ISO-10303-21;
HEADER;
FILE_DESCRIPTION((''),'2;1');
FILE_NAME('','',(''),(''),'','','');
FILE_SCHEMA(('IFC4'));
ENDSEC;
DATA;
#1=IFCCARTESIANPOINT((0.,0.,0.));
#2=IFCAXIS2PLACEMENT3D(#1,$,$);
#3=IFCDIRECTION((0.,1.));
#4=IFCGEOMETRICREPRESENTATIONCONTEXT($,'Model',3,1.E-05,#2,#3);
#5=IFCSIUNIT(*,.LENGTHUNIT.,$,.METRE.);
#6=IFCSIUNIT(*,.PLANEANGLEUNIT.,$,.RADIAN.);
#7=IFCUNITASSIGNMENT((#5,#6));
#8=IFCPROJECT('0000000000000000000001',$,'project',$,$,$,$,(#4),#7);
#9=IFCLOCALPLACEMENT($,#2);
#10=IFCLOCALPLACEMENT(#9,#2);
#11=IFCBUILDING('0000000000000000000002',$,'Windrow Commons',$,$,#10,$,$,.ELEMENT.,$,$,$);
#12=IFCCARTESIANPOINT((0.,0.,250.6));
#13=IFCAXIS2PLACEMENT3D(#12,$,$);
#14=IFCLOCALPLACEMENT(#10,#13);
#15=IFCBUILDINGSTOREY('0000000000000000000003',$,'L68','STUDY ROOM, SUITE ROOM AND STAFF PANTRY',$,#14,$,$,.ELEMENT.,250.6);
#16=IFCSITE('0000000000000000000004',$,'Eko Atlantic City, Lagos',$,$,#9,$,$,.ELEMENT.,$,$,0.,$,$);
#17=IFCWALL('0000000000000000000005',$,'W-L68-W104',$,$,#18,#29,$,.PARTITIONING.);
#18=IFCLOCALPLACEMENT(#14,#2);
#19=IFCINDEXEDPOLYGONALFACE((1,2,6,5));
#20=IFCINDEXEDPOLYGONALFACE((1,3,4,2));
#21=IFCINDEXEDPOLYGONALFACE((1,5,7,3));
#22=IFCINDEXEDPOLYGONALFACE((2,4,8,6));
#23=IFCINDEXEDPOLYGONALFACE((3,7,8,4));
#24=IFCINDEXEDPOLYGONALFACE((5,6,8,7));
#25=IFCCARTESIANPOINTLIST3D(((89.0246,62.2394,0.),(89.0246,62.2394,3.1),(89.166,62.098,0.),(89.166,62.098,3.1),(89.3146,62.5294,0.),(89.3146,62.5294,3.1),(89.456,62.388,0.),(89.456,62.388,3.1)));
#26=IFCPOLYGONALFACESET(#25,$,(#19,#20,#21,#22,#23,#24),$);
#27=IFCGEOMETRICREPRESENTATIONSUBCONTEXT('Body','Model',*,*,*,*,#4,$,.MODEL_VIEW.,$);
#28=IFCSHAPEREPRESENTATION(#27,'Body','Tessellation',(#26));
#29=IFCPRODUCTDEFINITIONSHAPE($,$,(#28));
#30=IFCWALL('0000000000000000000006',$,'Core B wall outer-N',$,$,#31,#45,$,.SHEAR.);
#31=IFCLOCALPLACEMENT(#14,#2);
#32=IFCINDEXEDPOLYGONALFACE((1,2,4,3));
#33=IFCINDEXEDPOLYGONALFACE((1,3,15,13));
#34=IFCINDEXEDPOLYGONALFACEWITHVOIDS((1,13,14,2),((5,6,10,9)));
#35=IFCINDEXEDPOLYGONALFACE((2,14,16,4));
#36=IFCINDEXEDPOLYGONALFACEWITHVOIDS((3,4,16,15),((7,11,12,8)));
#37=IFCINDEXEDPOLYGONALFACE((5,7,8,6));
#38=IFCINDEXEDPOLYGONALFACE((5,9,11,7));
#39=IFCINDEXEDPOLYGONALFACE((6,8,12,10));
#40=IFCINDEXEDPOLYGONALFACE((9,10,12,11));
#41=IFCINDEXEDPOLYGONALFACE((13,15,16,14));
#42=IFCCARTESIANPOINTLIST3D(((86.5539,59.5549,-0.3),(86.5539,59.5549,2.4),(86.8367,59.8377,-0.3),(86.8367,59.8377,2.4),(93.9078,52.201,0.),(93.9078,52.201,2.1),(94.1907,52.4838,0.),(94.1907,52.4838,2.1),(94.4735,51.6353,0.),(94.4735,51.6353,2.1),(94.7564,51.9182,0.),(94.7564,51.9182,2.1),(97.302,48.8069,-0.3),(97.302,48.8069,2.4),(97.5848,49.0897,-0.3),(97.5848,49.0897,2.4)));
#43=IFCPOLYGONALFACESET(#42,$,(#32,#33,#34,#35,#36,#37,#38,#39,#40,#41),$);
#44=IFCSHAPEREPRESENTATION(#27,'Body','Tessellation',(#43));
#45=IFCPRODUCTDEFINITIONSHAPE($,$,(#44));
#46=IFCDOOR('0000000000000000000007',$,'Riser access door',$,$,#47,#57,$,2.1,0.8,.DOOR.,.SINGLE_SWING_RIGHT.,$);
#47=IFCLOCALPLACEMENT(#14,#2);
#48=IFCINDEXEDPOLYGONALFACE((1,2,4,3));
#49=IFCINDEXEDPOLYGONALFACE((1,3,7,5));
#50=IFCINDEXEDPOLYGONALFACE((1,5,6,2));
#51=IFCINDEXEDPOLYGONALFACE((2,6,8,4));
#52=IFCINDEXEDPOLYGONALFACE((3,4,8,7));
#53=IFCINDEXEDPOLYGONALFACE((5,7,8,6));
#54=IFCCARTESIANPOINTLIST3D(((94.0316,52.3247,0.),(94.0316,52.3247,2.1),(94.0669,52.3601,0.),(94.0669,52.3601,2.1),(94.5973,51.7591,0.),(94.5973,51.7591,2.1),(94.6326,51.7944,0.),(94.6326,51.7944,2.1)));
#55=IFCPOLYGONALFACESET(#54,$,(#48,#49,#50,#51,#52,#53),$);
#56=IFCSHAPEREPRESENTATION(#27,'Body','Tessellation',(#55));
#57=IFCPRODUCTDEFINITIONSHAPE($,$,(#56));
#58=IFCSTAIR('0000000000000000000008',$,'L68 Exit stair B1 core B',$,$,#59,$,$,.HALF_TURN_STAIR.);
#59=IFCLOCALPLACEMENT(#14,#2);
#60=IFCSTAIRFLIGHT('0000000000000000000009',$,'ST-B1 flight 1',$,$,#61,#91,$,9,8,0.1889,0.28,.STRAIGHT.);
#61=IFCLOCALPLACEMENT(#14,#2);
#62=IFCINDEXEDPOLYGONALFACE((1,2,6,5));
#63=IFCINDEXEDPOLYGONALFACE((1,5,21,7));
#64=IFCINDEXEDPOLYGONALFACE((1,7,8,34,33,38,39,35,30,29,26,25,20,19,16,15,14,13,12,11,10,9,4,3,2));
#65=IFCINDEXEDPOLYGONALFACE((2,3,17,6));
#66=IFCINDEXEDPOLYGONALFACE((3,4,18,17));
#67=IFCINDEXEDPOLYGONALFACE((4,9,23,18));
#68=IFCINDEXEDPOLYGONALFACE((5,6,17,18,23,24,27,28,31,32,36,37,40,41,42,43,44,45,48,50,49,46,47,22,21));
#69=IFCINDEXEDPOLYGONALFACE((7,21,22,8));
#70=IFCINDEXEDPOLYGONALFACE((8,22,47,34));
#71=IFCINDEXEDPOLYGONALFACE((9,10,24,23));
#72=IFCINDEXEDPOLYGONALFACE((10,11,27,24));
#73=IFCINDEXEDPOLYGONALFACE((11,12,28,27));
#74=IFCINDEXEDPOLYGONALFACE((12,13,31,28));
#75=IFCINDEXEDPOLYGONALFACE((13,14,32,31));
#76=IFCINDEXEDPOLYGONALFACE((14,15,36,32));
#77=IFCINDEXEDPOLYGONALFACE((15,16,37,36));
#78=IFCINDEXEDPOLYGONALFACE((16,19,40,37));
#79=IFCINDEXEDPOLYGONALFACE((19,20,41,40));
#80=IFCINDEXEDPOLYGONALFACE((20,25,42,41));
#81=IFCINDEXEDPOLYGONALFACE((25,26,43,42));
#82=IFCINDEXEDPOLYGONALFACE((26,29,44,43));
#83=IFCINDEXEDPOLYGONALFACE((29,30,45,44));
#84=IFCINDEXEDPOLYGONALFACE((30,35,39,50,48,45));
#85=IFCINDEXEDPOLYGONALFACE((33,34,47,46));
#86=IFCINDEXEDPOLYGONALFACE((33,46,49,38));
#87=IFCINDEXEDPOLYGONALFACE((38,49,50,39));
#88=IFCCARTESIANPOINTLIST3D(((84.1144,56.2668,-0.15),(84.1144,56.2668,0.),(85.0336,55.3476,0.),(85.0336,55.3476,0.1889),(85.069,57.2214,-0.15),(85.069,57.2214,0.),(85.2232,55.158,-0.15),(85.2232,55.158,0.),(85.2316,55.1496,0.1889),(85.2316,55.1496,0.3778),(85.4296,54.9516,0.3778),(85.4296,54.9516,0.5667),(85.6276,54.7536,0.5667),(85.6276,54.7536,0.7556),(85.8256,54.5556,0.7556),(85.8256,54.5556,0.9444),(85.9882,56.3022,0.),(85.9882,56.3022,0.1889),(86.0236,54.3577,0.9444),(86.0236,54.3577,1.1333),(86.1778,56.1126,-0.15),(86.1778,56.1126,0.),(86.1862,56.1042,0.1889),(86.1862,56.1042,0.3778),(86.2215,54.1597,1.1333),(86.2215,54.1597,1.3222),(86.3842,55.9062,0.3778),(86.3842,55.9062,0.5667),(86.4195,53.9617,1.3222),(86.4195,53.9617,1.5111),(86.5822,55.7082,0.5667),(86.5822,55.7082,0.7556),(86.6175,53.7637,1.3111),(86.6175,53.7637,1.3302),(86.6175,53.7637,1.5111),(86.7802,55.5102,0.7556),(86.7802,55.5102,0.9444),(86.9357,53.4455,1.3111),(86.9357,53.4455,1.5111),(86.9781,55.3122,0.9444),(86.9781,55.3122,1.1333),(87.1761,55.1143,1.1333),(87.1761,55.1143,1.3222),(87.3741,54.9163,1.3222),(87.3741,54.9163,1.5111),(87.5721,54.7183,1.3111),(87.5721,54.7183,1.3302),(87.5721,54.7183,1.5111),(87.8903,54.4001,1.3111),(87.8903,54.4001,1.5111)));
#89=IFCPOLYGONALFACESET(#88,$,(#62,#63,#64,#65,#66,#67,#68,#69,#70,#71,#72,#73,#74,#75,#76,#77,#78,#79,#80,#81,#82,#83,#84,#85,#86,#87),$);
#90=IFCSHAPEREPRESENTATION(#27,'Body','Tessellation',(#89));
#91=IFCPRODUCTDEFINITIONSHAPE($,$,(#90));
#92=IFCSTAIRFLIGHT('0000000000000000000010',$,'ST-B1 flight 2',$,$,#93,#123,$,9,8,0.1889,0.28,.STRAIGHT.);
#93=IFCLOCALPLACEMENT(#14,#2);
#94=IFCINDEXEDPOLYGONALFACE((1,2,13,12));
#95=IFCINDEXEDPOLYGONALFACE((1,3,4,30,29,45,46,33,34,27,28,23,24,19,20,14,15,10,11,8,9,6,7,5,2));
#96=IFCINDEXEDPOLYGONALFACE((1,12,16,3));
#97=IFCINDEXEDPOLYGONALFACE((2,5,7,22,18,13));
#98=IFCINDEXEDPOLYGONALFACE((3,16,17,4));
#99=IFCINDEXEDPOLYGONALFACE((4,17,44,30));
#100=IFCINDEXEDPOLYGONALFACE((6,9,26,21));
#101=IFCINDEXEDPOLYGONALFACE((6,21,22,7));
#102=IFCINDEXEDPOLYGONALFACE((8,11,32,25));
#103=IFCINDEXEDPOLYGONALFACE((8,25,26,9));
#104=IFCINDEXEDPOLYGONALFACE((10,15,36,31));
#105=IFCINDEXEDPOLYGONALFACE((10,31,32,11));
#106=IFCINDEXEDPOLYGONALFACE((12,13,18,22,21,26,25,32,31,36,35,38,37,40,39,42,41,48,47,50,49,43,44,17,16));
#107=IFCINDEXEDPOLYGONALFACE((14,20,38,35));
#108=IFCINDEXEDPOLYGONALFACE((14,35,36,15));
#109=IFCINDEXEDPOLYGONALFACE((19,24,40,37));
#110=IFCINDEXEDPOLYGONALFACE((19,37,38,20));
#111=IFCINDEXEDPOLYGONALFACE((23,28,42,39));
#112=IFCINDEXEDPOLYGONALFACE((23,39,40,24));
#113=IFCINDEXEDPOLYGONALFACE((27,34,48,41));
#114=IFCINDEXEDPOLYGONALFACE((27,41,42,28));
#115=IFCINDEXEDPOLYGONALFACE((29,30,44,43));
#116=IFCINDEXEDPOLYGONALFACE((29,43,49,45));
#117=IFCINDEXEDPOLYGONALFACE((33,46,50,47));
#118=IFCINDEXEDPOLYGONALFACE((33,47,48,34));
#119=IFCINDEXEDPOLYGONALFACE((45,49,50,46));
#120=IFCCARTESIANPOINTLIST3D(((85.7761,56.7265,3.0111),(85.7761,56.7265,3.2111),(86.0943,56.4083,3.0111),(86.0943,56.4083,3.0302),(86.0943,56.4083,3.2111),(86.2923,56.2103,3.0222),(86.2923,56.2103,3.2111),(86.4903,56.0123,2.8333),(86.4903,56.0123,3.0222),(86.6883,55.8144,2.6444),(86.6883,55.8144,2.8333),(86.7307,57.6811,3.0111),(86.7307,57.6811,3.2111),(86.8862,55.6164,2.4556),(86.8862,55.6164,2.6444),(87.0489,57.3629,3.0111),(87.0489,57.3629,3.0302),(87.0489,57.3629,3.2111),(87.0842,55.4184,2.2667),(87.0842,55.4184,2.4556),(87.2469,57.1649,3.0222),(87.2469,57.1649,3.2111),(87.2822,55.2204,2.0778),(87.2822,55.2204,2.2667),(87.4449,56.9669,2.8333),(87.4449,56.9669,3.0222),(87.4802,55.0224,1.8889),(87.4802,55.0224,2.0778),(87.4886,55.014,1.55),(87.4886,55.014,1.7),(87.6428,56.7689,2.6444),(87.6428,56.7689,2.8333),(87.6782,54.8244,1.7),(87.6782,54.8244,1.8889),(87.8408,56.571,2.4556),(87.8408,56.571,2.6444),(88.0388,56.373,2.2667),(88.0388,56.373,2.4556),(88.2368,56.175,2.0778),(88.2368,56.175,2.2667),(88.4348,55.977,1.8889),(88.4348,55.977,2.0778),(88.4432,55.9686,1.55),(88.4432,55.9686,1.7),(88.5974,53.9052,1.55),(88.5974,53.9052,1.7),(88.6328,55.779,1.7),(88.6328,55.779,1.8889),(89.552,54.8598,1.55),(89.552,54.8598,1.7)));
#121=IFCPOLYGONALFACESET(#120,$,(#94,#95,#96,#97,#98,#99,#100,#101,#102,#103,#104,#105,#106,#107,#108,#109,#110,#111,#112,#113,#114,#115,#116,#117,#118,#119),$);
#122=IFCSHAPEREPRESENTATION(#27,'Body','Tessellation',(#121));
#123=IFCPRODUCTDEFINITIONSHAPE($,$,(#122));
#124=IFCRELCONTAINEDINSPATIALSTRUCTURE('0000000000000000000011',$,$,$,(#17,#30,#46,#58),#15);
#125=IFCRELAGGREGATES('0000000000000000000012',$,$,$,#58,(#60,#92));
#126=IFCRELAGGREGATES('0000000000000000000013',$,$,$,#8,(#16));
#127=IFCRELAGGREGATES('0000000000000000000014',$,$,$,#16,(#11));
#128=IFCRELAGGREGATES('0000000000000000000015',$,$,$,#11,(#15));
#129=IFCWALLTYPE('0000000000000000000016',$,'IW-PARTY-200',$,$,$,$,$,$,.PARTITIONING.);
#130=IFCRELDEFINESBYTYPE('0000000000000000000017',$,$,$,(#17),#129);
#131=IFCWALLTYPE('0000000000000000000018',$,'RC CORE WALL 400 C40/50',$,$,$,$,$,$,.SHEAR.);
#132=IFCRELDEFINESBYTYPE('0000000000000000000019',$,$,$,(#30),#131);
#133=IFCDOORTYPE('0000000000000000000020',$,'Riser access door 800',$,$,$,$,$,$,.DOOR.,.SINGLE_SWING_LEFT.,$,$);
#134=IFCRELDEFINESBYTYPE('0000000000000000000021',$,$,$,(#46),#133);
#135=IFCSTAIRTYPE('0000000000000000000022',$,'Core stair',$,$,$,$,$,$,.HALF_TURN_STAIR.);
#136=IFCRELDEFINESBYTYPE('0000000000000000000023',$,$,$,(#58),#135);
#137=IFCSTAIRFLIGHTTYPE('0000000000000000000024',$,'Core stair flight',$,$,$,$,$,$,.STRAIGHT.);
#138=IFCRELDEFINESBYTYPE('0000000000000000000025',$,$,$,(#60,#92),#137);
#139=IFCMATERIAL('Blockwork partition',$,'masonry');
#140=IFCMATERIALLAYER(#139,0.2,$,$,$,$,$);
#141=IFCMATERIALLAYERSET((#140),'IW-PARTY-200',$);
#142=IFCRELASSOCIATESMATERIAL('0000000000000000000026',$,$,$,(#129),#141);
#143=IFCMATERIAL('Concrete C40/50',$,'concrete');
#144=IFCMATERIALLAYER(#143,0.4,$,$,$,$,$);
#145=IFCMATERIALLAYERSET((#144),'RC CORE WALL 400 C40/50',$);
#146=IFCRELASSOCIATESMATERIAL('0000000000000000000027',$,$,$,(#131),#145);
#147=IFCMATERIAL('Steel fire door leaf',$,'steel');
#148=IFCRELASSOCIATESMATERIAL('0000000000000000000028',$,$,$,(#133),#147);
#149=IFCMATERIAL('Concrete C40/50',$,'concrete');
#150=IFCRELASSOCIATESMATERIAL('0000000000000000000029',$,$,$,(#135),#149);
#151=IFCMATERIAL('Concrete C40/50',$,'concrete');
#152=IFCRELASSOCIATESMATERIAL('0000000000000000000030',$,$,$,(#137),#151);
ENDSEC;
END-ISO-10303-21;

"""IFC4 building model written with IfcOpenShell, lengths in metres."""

from ifc_helpers import new_model, si_unit, direction, frame, frame_2d, origin, place, context, subcontext, project, spatial, polyline, rectangle, outline, extrude, material, layer, layer_set, type_object, element, fill, aggregate, save


model = new_model("IFC4")

# Units and contexts
model_context = context("Model", 3, precision=1e-05, world=origin(), true_north=direction((0.0, 1.0)))
body_context = subcontext(model_context, "Body", "Model", "MODEL_VIEW")
ifc_project = project(units=[si_unit("LENGTHUNIT", "METRE"), si_unit("PLANEANGLEUNIT", "RADIAN")], contexts=[model_context])

# Site, building, storey
site_placement = place(None, origin())
site = spatial("IfcSite", under=ifc_project, at=site_placement, Name="Eko Atlantic City, Lagos", CompositionType="ELEMENT", RefElevation=0.0)
building_placement = place(site_placement, origin())
building = spatial("IfcBuilding", under=site, at=building_placement, Name="Windrow Commons", CompositionType="ELEMENT")
storey_placement = place(building_placement, frame((0.0, 0.0, 250.6)))
storey = spatial("IfcBuildingStorey", under=building, at=storey_placement, Name="L68", Description="STUDY ROOM, SUITE ROOM AND STAFF PANTRY", CompositionType="ELEMENT", Elevation=250.6)

# Wall
ifc_material_1 = material(Name="Blockwork partition", Category="masonry")
ifc_layer_1 = layer(ifc_material_1, 0.2)
ifc_layer_set_1 = layer_set([ifc_layer_1], Name="IW-PARTY-200")
wall_type_1 = type_object("IfcWallType", Name="IW-PARTY-200", PredefinedType="PARTITIONING", material=ifc_layer_set_1)
for number, where, z_axis, x_axis, name in (
    (1, (89.0953, 62.1687, 0.0), (0.0, 0.0, 1.0), (0.707107, 0.707107, 0.0), "W-L68-W104"),
):
    element("IfcWall", number, at=place(storey_placement, frame(where, z_axis=z_axis, x_axis=x_axis)), inside=storey, type_object=wall_type_1, Name=name, PredefinedType="PARTITIONING", context=body_context, shape_type="SweptSolid", body=[
        extrude(rectangle(XDim=0.4101, YDim=0.2, at=frame_2d((0.2051, 0.0))), origin(), (0.0, 0.0, 1.0), 3.1),
    ])

# Wall, opening, door
ifc_material_2 = material(Name="Concrete C40/50", Category="concrete")
ifc_layer_2 = layer(ifc_material_2, 0.4)
ifc_layer_set_2 = layer_set([ifc_layer_2], Name="RC CORE WALL 400 C40/50")
wall_type_2 = type_object("IfcWallType", Name="RC CORE WALL 400 C40/50", PredefinedType="SHEAR", material=ifc_layer_set_2)
wall_1_placement = place(storey_placement, frame((86.6953, 59.6963, -0.3), z_axis=(0.0, 0.0, 1.0), x_axis=(0.70711, -0.707103, 0.0)))
wall_1 = element("IfcWall", 2, at=wall_1_placement, inside=storey, type_object=wall_type_2, Name="Core B wall outer-N", PredefinedType="SHEAR", context=body_context, shape_type="SweptSolid", body=[
    extrude(rectangle(XDim=15.2, YDim=0.4, at=frame_2d((7.6, 0.0))), origin(), (0.0, 0.0, 1.0), 2.7),
])
opening_1_placement = place(wall_1_placement, frame((10.4, 0.0, 0.3)))
opening_1 = element("IfcOpeningElement", 3, at=opening_1_placement, cuts=wall_1, PredefinedType="OPENING", context=body_context, shape_type="SweptSolid", body=[
    extrude(rectangle(XDim=0.8, YDim=2.1, at=frame_2d((0.4, 1.05))), frame((0.0, 0.21, 0.0), z_axis=(0.0, -1.0, 0.0), x_axis=(1.0, 0.0, 0.0)), (0.0, 0.0, 1.0), 0.42),
])
ifc_material_3 = material(Name="Steel fire door leaf", Category="steel")
door_type = type_object("IfcDoorType", Name="Riser access door 800", OperationType="SINGLE_SWING_LEFT", PredefinedType="DOOR", material=ifc_material_3)
door_placement = place(opening_1_placement, origin())
door = element("IfcDoor", 4, at=door_placement, inside=storey, type_object=door_type, Name="Riser access door", OperationType="SINGLE_SWING_RIGHT", OverallHeight=2.1, OverallWidth=0.8, PredefinedType="DOOR", context=body_context, shape_type="SweptSolid", body=[
    extrude(rectangle(XDim=0.8, YDim=2.1, at=frame_2d((0.4, 1.05))), frame((0.0, 0.025, 0.0), z_axis=(0.0, -1.0, 0.0), x_axis=(1.0, 0.0, 0.0)), (0.0, 0.0, 1.0), 0.05),
])
fill(opening_1, door)

# Stair, stair flights
ifc_material_4 = material(Name="Concrete C40/50", Category="concrete")
stair_type = type_object("IfcStairType", Name="Core stair", PredefinedType="HALF_TURN_STAIR", material=ifc_material_4)
stair_placement = place(storey_placement, origin())
stair = element("IfcStair", 5, at=stair_placement, inside=storey, type_object=stair_type, Name="L68 Exit stair B1 core B", PredefinedType="HALF_TURN_STAIR")
ifc_material_5 = material(Name="Concrete C40/50", Category="concrete")
stair_flight_type = type_object("IfcStairFlightType", Name="Core stair flight", PredefinedType="STRAIGHT", material=ifc_material_5)
stair_flight_1_placement = place(storey_placement, frame((85.5109, 55.8249, 0.0), z_axis=(0.0, 0.0, 1.0), x_axis=(0.707107, -0.707107, 0.0)))
stair_flight_1 = element("IfcStairFlight", 6, at=stair_flight_1_placement, type_object=stair_flight_type, Name="ST-B1 flight 1", NumberOfRisers=9, NumberOfTreads=8, PredefinedType="STRAIGHT", RiserHeight=0.1889, TreadLength=0.28, context=body_context, shape_type="SweptSolid", body=[
    extrude(outline(polyline([(-1.3, -0.15), (-1.3, 0.0), (0.0, 0.0), (0.0, 0.1889), (0.28, 0.1889), (0.28, 0.3778), (0.56, 0.3778), (0.56, 0.5667), (0.84, 0.5667), (0.84, 0.7556), (1.12, 0.7556), (1.12, 0.9444), (1.4, 0.9444), (1.4, 1.1333), (1.68, 1.1333), (1.68, 1.3222), (1.96, 1.3222), (1.96, 1.5111), (2.24, 1.5111), (2.69, 1.5111), (2.69, 1.3111), (2.24, 1.3111), (2.24, 1.3302), (0.2682, 0.0), (0.2682, -0.15), (-1.3, -0.15)])), frame((0.0, 0.675, 0.0), z_axis=(0.0, -1.0, 0.0), x_axis=(1.0, 0.0, 0.0)), (0.0, 0.0, 1.0), 1.35),
])
stair_flight_2_placement = place(storey_placement, frame((88.1555, 55.3017, 1.7), z_axis=(0.0, 0.0, 1.0), x_axis=(-0.707107, 0.707107, 0.0)))
stair_flight_2 = element("IfcStairFlight", 7, at=stair_flight_2_placement, type_object=stair_flight_type, Name="ST-B1 flight 2", NumberOfRisers=9, NumberOfTreads=8, PredefinedType="STRAIGHT", RiserHeight=0.1889, TreadLength=0.28, context=body_context, shape_type="SweptSolid", body=[
    extrude(outline(polyline([(-1.3, -0.15), (-1.3, 0.0), (0.0, 0.0), (0.0, 0.1889), (0.28, 0.1889), (0.28, 0.3778), (0.56, 0.3778), (0.56, 0.5667), (0.84, 0.5667), (0.84, 0.7556), (1.12, 0.7556), (1.12, 0.9444), (1.4, 0.9444), (1.4, 1.1333), (1.68, 1.1333), (1.68, 1.3222), (1.96, 1.3222), (1.96, 1.5111), (2.24, 1.5111), (2.69, 1.5111), (2.69, 1.3111), (2.24, 1.3111), (2.24, 1.3302), (0.2682, 0.0), (0.2682, -0.15), (-1.3, -0.15)])), frame((0.0, 0.675, 0.0), z_axis=(0.0, -1.0, 0.0), x_axis=(1.0, 0.0, 0.0)), (0.0, 0.0, 1.0), 1.35),
])
aggregate(stair, [stair_flight_1, stair_flight_2])

save(model, "model.ifc")
